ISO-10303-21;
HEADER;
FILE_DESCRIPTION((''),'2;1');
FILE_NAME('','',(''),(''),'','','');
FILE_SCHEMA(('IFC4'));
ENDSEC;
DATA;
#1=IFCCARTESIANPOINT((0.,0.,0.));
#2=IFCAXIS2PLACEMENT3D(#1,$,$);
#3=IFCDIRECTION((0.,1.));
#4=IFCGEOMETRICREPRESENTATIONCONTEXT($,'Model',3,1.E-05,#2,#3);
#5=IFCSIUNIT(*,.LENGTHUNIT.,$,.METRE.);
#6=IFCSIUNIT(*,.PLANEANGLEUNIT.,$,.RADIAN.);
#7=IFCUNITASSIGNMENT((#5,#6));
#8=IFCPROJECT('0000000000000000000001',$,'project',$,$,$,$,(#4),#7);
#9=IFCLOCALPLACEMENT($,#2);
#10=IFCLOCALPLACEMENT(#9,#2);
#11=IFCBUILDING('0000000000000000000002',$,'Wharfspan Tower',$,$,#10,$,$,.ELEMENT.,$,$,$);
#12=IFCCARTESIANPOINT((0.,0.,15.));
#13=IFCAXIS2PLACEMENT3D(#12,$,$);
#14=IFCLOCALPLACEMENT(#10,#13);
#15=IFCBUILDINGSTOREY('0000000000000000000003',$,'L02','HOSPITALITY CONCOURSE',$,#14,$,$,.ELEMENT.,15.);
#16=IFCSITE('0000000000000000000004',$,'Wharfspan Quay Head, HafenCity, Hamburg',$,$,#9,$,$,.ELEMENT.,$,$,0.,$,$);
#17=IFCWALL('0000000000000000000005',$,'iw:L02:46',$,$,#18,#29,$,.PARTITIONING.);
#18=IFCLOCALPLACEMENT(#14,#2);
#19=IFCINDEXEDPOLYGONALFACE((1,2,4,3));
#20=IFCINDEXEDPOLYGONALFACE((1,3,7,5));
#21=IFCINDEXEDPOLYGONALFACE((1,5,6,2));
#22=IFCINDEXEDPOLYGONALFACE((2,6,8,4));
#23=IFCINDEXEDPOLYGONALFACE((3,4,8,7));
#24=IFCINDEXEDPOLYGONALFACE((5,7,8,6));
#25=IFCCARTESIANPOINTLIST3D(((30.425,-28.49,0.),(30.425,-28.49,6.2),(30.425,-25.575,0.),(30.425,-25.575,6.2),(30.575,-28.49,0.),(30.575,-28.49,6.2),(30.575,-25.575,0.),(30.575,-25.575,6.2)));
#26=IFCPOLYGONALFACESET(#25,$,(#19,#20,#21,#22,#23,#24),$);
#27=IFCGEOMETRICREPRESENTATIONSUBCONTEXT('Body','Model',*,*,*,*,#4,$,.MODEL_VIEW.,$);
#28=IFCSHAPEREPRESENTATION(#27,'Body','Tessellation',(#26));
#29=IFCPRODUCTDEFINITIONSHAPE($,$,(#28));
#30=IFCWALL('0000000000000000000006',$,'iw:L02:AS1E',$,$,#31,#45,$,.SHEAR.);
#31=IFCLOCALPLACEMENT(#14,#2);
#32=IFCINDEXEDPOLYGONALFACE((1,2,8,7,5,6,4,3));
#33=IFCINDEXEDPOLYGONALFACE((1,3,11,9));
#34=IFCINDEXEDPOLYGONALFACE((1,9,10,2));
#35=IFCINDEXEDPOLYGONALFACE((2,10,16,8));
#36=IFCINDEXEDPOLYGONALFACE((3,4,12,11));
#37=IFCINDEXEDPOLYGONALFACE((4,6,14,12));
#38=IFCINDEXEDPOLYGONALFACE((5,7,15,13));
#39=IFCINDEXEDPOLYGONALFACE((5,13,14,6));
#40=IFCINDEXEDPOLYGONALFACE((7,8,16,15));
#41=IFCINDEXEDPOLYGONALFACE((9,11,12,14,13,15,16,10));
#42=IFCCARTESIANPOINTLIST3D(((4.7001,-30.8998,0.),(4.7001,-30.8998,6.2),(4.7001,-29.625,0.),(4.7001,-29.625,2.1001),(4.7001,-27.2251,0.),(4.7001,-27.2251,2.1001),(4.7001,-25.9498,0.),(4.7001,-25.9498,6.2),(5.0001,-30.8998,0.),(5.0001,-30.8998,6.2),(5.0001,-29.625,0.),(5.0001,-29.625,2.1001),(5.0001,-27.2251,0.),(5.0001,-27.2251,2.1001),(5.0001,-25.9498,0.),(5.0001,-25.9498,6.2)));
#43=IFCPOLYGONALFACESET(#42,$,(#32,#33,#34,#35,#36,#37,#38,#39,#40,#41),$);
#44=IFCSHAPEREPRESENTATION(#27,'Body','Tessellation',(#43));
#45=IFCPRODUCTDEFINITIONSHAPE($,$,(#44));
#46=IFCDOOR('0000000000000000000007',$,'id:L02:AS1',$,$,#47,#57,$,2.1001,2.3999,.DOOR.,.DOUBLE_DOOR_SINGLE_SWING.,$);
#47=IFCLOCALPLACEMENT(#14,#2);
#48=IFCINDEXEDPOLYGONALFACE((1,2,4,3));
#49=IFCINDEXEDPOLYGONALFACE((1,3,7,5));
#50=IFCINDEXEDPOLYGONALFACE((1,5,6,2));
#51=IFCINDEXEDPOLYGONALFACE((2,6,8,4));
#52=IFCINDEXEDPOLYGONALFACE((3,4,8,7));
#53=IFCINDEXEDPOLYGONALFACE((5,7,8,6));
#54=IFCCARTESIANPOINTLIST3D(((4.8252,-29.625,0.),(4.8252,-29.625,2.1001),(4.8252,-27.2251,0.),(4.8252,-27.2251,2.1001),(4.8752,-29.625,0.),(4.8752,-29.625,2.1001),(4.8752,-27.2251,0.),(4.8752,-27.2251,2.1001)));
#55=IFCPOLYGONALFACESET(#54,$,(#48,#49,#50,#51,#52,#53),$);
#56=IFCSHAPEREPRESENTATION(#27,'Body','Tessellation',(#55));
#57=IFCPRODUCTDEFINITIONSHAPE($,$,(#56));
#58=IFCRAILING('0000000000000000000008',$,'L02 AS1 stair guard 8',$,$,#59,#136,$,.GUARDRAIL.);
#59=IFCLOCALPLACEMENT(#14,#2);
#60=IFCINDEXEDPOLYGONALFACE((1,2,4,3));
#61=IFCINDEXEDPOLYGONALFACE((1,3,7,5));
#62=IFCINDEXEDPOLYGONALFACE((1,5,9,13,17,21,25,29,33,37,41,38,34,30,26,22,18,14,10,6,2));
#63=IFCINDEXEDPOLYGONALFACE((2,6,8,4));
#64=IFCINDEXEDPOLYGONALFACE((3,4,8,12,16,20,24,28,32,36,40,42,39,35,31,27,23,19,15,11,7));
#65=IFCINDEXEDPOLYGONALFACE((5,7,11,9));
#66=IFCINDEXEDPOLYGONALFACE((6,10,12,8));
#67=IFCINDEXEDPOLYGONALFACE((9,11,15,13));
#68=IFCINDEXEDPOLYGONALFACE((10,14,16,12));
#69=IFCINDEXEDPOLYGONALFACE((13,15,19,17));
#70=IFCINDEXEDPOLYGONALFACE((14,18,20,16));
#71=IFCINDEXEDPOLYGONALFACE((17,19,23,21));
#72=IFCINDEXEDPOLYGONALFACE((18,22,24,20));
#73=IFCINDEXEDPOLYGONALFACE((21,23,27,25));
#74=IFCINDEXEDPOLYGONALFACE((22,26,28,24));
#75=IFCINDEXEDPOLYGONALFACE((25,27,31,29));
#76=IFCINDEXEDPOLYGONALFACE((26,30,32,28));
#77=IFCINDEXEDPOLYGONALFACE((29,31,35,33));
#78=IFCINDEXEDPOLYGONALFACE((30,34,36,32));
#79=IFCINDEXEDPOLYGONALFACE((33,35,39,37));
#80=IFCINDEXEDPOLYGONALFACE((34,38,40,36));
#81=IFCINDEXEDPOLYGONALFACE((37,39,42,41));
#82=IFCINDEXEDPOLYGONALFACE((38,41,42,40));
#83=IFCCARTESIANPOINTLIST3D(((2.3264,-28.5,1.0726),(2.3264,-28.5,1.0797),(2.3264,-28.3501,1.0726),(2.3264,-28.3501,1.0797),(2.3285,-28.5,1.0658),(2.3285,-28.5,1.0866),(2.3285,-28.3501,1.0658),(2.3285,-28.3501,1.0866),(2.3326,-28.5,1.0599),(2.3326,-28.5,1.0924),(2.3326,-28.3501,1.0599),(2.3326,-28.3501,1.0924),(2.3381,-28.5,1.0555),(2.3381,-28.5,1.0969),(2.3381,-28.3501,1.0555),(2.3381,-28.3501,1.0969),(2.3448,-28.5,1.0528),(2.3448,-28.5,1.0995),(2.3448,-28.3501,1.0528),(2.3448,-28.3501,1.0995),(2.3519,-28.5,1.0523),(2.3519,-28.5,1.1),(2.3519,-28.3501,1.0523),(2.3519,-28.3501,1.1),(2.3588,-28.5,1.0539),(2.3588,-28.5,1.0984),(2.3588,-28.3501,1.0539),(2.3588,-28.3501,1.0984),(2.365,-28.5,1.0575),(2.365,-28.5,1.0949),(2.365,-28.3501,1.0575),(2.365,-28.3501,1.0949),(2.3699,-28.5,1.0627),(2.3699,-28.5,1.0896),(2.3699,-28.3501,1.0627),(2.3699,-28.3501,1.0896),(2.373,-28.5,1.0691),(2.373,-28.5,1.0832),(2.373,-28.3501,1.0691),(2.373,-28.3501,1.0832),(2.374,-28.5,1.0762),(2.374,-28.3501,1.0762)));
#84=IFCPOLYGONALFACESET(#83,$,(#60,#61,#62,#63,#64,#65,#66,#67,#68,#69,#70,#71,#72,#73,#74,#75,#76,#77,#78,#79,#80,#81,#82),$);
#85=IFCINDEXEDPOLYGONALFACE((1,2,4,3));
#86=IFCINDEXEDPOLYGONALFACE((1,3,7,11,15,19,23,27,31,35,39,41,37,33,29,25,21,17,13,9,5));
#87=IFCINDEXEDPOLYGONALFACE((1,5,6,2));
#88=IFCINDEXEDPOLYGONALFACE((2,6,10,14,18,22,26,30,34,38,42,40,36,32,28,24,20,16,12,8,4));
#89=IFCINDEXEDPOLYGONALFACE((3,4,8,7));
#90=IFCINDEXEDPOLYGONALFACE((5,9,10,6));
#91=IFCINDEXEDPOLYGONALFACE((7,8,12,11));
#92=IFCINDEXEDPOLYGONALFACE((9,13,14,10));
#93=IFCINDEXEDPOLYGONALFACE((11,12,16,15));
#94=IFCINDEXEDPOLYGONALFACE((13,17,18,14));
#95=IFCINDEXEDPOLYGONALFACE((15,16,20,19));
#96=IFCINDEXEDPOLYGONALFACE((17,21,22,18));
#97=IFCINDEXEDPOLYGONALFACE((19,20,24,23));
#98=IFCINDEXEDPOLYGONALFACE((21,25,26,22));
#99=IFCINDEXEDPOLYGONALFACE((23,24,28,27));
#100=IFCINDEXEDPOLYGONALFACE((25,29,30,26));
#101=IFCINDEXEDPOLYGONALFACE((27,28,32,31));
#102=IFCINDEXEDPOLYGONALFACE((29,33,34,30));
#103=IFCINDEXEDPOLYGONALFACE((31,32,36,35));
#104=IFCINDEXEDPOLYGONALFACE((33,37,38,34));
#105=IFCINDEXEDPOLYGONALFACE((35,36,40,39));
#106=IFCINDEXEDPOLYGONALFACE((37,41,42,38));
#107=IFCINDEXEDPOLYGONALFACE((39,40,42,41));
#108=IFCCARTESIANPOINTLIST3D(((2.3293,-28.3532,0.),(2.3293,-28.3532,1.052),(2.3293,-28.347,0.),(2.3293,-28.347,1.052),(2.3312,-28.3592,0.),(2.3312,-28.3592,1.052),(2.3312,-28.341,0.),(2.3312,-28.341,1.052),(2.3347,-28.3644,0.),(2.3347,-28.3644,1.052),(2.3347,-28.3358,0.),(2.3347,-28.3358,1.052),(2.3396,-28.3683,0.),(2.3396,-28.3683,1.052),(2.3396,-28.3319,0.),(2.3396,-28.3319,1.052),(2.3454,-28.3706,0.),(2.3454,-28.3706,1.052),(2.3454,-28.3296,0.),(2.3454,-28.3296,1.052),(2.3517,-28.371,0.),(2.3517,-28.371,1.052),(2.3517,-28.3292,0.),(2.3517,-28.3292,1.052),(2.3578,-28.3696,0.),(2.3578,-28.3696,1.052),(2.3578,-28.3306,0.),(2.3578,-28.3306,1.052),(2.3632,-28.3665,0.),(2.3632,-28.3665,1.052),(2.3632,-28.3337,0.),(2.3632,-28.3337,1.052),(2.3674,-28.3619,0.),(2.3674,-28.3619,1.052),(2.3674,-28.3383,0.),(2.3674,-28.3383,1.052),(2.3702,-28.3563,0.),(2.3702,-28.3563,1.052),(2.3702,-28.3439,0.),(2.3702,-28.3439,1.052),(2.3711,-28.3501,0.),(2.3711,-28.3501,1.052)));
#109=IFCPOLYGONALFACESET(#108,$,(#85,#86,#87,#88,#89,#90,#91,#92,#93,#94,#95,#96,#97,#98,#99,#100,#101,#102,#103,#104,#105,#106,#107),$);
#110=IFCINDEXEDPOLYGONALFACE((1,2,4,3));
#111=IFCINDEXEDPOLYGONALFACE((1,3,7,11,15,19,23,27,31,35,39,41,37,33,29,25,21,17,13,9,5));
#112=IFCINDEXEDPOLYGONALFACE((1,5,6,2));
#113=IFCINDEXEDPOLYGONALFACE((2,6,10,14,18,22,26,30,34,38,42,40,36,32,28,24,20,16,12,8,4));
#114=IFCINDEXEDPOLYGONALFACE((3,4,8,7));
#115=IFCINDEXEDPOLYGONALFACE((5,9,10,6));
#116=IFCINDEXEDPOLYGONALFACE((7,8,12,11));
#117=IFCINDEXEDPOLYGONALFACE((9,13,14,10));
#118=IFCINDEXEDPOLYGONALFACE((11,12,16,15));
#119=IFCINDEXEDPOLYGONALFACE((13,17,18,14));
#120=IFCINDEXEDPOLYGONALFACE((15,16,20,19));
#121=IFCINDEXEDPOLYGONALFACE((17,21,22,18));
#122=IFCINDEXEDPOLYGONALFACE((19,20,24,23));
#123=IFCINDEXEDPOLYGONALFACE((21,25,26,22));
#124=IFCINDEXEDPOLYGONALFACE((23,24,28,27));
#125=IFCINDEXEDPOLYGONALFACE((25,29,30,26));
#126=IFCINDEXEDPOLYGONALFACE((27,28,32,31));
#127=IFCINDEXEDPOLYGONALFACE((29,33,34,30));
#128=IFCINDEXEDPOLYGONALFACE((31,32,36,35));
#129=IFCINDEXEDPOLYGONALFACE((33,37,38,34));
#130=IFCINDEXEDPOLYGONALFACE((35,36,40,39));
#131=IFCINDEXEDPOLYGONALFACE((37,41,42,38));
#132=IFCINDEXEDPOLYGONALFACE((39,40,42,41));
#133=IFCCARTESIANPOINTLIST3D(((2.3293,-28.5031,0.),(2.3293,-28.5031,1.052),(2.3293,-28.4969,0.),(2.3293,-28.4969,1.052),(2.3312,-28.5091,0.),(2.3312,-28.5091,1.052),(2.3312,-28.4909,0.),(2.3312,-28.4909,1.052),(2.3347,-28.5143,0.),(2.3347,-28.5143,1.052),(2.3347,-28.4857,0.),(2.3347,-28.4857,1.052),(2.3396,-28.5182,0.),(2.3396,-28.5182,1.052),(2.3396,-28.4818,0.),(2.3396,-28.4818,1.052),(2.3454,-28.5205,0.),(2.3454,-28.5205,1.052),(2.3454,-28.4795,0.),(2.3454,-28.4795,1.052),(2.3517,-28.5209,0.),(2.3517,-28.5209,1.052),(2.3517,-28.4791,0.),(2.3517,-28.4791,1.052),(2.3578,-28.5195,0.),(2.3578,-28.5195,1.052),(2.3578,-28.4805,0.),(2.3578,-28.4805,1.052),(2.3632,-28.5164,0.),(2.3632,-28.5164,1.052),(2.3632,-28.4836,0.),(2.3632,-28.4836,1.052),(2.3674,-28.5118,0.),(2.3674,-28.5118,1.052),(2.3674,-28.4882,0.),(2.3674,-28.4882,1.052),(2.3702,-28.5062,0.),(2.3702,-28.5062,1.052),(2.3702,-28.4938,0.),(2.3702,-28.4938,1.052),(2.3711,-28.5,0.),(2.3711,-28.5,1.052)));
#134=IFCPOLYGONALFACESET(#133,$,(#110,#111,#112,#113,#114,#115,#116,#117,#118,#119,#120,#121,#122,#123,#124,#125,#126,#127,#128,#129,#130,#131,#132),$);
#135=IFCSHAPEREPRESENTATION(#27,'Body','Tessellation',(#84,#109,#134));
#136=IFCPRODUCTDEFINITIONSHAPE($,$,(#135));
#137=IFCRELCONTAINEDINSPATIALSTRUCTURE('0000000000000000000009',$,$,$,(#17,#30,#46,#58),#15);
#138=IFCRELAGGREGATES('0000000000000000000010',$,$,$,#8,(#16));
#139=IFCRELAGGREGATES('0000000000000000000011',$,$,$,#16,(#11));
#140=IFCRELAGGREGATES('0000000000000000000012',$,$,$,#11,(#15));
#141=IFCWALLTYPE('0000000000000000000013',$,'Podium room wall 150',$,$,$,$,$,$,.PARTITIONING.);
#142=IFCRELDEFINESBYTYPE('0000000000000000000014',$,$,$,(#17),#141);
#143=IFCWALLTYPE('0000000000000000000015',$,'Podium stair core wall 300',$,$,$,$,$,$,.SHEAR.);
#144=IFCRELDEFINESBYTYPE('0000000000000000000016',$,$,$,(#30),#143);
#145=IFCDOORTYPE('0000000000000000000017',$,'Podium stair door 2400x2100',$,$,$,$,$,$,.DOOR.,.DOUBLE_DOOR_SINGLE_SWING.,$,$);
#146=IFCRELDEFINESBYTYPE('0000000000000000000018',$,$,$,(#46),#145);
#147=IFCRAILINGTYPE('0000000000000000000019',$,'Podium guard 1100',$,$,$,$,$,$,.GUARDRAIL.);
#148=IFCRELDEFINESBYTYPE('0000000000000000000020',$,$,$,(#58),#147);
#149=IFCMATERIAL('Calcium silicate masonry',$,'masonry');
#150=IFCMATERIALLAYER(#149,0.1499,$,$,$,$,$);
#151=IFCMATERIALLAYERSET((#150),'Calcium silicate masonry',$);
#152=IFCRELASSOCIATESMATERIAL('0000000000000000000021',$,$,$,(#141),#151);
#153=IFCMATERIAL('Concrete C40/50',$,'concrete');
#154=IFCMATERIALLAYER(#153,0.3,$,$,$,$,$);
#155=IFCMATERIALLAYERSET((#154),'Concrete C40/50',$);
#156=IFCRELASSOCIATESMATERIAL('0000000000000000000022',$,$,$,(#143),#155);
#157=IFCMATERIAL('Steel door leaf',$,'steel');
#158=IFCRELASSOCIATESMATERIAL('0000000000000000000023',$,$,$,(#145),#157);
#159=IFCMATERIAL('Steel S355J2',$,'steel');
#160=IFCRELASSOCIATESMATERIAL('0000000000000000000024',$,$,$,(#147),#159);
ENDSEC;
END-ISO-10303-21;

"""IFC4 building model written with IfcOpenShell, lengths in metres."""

from ifc_helpers import new_model, si_unit, direction, frame, frame_2d, origin, origin_2d, place, context, subcontext, project, spatial, rectangle, circle, extrude, material, layer, layer_set, type_object, element, fill, save


model = new_model("IFC4")

# Units and contexts
model_context = context("Model", 3, precision=1e-05, world=origin(), true_north=direction((0.0, 1.0)))
body_context = subcontext(model_context, "Body", "Model", "MODEL_VIEW")
ifc_project = project(units=[si_unit("LENGTHUNIT", "METRE"), si_unit("PLANEANGLEUNIT", "RADIAN")], contexts=[model_context])

# Site, building, storey
site_placement = place(None, origin())
site = spatial("IfcSite", under=ifc_project, at=site_placement, Name="Wharfspan Quay Head, HafenCity, Hamburg", CompositionType="ELEMENT", RefElevation=0.0)
building_placement = place(site_placement, origin())
building = spatial("IfcBuilding", under=site, at=building_placement, Name="Wharfspan Tower", CompositionType="ELEMENT")
storey_placement = place(building_placement, frame((0.0, 0.0, 15.0)))
storey = spatial("IfcBuildingStorey", under=building, at=storey_placement, Name="L02", Description="HOSPITALITY CONCOURSE", CompositionType="ELEMENT", Elevation=15.0)

# Shared definitions
ifc_material_1 = material(Name="Calcium silicate masonry", Category="masonry")
ifc_layer_1 = layer(ifc_material_1, 0.1499)
ifc_layer_set_1 = layer_set([ifc_layer_1], Name="Calcium silicate masonry")
wall_type_1 = type_object("IfcWallType", Name="Podium room wall 150", PredefinedType="PARTITIONING", material=ifc_layer_set_1)

# Shared definitions
ifc_material_2 = material(Name="Steel door leaf", Category="steel")

# Wall
wall_1_placement = place(storey_placement, frame((30.5, -28.49, 0.0), z_axis=(0.0, 0.0, 1.0), x_axis=(0.0, 1.0, 0.0)))
element("IfcWall", 1, at=wall_1_placement, inside=storey, type_object=wall_type_1, Name="iw:L02:46", PredefinedType="PARTITIONING", context=body_context, shape_type="SweptSolid", body=[
    extrude(rectangle(XDim=2.915, YDim=0.1499, at=frame_2d((1.4575, 0.0))), origin(), (0.0, 0.0, 1.0), 6.2),
])

# Wall, opening, door
ifc_material_3 = material(Name="Concrete C40/50", Category="concrete")
ifc_layer_2 = layer(ifc_material_3, 0.3)
ifc_layer_set_2 = layer_set([ifc_layer_2], Name="Concrete C40/50")
wall_type_2 = type_object("IfcWallType", Name="Podium stair core wall 300", PredefinedType="SHEAR", material=ifc_layer_set_2)
wall_2_placement = place(storey_placement, frame((4.8501, -30.8999, 0.0), z_axis=(0.0, 0.0, 1.0), x_axis=(0.0, 1.0, 0.0)))
wall_2 = element("IfcWall", 2, at=wall_2_placement, inside=storey, type_object=wall_type_2, Name="iw:L02:AS1E", PredefinedType="SHEAR", context=body_context, shape_type="SweptSolid", body=[
    extrude(rectangle(XDim=4.95, YDim=0.3, at=frame_2d((2.4751, 0.0))), origin(), (0.0, 0.0, 1.0), 6.2),
])
opening_1_placement = place(wall_2_placement, frame((1.2749, 0.0, 0.0)))
opening_1 = element("IfcOpeningElement", 3, at=opening_1_placement, cuts=wall_2, PredefinedType="OPENING", context=body_context, shape_type="SweptSolid", body=[
    extrude(rectangle(XDim=2.3999, YDim=2.1001, at=frame_2d((1.2, 1.05))), frame((0.0, 0.1599, 0.0), z_axis=(0.0, -1.0, 0.0), x_axis=(1.0, 0.0, 0.0)), (0.0, 0.0, 1.0), 0.3201),
])
door_type_1 = type_object("IfcDoorType", Name="Podium stair door 2400x2100", OperationType="DOUBLE_DOOR_SINGLE_SWING", PredefinedType="DOOR", material=ifc_material_2)
door_1_placement = place(opening_1_placement, origin())
door_1 = element("IfcDoor", 4, at=door_1_placement, inside=storey, type_object=door_type_1, Name="id:L02:AS1", OperationType="DOUBLE_DOOR_SINGLE_SWING", OverallHeight=2.1001, OverallWidth=2.3999, PredefinedType="DOOR", context=body_context, shape_type="SweptSolid", body=[
    extrude(rectangle(XDim=2.3999, YDim=2.1001, at=frame_2d((1.2, 1.05))), frame((0.0, 0.0249, 0.0), z_axis=(0.0, -1.0, 0.0), x_axis=(1.0, 0.0, 0.0)), (0.0, 0.0, 1.0), 0.05),
])
fill(opening_1, door_1)

# Railing
ifc_material_4 = material(Name="Steel S355J2", Category="steel")
railing_type_1 = type_object("IfcRailingType", Name="Podium guard 1100", PredefinedType="GUARDRAIL", material=ifc_material_4)
railing_1_placement = place(storey_placement, frame((2.3501, -28.3501, 0.0)))
element("IfcRailing", 5, at=railing_1_placement, inside=storey, type_object=railing_type_1, Name="L02 AS1 stair guard 8", PredefinedType="GUARDRAIL", context=body_context, shape_type="SweptSolid", body=[
    extrude(circle(Radius=0.0239, at=origin_2d()), frame((0.0, 0.0, 1.0762), z_axis=(0.0, -1.0, 0.0), x_axis=(1.0, 0.0, 0.0)), (0.0, 0.0, 1.0), 0.1499),
    extrude(circle(Radius=0.021, at=origin_2d()), origin(), (0.0, 0.0, 1.0), 1.052),
    extrude(circle(Radius=0.021, at=origin_2d()), frame((0.0, -0.1499, 0.0)), (0.0, 0.0, 1.0), 1.052),
])

save(model, "model.ifc")
